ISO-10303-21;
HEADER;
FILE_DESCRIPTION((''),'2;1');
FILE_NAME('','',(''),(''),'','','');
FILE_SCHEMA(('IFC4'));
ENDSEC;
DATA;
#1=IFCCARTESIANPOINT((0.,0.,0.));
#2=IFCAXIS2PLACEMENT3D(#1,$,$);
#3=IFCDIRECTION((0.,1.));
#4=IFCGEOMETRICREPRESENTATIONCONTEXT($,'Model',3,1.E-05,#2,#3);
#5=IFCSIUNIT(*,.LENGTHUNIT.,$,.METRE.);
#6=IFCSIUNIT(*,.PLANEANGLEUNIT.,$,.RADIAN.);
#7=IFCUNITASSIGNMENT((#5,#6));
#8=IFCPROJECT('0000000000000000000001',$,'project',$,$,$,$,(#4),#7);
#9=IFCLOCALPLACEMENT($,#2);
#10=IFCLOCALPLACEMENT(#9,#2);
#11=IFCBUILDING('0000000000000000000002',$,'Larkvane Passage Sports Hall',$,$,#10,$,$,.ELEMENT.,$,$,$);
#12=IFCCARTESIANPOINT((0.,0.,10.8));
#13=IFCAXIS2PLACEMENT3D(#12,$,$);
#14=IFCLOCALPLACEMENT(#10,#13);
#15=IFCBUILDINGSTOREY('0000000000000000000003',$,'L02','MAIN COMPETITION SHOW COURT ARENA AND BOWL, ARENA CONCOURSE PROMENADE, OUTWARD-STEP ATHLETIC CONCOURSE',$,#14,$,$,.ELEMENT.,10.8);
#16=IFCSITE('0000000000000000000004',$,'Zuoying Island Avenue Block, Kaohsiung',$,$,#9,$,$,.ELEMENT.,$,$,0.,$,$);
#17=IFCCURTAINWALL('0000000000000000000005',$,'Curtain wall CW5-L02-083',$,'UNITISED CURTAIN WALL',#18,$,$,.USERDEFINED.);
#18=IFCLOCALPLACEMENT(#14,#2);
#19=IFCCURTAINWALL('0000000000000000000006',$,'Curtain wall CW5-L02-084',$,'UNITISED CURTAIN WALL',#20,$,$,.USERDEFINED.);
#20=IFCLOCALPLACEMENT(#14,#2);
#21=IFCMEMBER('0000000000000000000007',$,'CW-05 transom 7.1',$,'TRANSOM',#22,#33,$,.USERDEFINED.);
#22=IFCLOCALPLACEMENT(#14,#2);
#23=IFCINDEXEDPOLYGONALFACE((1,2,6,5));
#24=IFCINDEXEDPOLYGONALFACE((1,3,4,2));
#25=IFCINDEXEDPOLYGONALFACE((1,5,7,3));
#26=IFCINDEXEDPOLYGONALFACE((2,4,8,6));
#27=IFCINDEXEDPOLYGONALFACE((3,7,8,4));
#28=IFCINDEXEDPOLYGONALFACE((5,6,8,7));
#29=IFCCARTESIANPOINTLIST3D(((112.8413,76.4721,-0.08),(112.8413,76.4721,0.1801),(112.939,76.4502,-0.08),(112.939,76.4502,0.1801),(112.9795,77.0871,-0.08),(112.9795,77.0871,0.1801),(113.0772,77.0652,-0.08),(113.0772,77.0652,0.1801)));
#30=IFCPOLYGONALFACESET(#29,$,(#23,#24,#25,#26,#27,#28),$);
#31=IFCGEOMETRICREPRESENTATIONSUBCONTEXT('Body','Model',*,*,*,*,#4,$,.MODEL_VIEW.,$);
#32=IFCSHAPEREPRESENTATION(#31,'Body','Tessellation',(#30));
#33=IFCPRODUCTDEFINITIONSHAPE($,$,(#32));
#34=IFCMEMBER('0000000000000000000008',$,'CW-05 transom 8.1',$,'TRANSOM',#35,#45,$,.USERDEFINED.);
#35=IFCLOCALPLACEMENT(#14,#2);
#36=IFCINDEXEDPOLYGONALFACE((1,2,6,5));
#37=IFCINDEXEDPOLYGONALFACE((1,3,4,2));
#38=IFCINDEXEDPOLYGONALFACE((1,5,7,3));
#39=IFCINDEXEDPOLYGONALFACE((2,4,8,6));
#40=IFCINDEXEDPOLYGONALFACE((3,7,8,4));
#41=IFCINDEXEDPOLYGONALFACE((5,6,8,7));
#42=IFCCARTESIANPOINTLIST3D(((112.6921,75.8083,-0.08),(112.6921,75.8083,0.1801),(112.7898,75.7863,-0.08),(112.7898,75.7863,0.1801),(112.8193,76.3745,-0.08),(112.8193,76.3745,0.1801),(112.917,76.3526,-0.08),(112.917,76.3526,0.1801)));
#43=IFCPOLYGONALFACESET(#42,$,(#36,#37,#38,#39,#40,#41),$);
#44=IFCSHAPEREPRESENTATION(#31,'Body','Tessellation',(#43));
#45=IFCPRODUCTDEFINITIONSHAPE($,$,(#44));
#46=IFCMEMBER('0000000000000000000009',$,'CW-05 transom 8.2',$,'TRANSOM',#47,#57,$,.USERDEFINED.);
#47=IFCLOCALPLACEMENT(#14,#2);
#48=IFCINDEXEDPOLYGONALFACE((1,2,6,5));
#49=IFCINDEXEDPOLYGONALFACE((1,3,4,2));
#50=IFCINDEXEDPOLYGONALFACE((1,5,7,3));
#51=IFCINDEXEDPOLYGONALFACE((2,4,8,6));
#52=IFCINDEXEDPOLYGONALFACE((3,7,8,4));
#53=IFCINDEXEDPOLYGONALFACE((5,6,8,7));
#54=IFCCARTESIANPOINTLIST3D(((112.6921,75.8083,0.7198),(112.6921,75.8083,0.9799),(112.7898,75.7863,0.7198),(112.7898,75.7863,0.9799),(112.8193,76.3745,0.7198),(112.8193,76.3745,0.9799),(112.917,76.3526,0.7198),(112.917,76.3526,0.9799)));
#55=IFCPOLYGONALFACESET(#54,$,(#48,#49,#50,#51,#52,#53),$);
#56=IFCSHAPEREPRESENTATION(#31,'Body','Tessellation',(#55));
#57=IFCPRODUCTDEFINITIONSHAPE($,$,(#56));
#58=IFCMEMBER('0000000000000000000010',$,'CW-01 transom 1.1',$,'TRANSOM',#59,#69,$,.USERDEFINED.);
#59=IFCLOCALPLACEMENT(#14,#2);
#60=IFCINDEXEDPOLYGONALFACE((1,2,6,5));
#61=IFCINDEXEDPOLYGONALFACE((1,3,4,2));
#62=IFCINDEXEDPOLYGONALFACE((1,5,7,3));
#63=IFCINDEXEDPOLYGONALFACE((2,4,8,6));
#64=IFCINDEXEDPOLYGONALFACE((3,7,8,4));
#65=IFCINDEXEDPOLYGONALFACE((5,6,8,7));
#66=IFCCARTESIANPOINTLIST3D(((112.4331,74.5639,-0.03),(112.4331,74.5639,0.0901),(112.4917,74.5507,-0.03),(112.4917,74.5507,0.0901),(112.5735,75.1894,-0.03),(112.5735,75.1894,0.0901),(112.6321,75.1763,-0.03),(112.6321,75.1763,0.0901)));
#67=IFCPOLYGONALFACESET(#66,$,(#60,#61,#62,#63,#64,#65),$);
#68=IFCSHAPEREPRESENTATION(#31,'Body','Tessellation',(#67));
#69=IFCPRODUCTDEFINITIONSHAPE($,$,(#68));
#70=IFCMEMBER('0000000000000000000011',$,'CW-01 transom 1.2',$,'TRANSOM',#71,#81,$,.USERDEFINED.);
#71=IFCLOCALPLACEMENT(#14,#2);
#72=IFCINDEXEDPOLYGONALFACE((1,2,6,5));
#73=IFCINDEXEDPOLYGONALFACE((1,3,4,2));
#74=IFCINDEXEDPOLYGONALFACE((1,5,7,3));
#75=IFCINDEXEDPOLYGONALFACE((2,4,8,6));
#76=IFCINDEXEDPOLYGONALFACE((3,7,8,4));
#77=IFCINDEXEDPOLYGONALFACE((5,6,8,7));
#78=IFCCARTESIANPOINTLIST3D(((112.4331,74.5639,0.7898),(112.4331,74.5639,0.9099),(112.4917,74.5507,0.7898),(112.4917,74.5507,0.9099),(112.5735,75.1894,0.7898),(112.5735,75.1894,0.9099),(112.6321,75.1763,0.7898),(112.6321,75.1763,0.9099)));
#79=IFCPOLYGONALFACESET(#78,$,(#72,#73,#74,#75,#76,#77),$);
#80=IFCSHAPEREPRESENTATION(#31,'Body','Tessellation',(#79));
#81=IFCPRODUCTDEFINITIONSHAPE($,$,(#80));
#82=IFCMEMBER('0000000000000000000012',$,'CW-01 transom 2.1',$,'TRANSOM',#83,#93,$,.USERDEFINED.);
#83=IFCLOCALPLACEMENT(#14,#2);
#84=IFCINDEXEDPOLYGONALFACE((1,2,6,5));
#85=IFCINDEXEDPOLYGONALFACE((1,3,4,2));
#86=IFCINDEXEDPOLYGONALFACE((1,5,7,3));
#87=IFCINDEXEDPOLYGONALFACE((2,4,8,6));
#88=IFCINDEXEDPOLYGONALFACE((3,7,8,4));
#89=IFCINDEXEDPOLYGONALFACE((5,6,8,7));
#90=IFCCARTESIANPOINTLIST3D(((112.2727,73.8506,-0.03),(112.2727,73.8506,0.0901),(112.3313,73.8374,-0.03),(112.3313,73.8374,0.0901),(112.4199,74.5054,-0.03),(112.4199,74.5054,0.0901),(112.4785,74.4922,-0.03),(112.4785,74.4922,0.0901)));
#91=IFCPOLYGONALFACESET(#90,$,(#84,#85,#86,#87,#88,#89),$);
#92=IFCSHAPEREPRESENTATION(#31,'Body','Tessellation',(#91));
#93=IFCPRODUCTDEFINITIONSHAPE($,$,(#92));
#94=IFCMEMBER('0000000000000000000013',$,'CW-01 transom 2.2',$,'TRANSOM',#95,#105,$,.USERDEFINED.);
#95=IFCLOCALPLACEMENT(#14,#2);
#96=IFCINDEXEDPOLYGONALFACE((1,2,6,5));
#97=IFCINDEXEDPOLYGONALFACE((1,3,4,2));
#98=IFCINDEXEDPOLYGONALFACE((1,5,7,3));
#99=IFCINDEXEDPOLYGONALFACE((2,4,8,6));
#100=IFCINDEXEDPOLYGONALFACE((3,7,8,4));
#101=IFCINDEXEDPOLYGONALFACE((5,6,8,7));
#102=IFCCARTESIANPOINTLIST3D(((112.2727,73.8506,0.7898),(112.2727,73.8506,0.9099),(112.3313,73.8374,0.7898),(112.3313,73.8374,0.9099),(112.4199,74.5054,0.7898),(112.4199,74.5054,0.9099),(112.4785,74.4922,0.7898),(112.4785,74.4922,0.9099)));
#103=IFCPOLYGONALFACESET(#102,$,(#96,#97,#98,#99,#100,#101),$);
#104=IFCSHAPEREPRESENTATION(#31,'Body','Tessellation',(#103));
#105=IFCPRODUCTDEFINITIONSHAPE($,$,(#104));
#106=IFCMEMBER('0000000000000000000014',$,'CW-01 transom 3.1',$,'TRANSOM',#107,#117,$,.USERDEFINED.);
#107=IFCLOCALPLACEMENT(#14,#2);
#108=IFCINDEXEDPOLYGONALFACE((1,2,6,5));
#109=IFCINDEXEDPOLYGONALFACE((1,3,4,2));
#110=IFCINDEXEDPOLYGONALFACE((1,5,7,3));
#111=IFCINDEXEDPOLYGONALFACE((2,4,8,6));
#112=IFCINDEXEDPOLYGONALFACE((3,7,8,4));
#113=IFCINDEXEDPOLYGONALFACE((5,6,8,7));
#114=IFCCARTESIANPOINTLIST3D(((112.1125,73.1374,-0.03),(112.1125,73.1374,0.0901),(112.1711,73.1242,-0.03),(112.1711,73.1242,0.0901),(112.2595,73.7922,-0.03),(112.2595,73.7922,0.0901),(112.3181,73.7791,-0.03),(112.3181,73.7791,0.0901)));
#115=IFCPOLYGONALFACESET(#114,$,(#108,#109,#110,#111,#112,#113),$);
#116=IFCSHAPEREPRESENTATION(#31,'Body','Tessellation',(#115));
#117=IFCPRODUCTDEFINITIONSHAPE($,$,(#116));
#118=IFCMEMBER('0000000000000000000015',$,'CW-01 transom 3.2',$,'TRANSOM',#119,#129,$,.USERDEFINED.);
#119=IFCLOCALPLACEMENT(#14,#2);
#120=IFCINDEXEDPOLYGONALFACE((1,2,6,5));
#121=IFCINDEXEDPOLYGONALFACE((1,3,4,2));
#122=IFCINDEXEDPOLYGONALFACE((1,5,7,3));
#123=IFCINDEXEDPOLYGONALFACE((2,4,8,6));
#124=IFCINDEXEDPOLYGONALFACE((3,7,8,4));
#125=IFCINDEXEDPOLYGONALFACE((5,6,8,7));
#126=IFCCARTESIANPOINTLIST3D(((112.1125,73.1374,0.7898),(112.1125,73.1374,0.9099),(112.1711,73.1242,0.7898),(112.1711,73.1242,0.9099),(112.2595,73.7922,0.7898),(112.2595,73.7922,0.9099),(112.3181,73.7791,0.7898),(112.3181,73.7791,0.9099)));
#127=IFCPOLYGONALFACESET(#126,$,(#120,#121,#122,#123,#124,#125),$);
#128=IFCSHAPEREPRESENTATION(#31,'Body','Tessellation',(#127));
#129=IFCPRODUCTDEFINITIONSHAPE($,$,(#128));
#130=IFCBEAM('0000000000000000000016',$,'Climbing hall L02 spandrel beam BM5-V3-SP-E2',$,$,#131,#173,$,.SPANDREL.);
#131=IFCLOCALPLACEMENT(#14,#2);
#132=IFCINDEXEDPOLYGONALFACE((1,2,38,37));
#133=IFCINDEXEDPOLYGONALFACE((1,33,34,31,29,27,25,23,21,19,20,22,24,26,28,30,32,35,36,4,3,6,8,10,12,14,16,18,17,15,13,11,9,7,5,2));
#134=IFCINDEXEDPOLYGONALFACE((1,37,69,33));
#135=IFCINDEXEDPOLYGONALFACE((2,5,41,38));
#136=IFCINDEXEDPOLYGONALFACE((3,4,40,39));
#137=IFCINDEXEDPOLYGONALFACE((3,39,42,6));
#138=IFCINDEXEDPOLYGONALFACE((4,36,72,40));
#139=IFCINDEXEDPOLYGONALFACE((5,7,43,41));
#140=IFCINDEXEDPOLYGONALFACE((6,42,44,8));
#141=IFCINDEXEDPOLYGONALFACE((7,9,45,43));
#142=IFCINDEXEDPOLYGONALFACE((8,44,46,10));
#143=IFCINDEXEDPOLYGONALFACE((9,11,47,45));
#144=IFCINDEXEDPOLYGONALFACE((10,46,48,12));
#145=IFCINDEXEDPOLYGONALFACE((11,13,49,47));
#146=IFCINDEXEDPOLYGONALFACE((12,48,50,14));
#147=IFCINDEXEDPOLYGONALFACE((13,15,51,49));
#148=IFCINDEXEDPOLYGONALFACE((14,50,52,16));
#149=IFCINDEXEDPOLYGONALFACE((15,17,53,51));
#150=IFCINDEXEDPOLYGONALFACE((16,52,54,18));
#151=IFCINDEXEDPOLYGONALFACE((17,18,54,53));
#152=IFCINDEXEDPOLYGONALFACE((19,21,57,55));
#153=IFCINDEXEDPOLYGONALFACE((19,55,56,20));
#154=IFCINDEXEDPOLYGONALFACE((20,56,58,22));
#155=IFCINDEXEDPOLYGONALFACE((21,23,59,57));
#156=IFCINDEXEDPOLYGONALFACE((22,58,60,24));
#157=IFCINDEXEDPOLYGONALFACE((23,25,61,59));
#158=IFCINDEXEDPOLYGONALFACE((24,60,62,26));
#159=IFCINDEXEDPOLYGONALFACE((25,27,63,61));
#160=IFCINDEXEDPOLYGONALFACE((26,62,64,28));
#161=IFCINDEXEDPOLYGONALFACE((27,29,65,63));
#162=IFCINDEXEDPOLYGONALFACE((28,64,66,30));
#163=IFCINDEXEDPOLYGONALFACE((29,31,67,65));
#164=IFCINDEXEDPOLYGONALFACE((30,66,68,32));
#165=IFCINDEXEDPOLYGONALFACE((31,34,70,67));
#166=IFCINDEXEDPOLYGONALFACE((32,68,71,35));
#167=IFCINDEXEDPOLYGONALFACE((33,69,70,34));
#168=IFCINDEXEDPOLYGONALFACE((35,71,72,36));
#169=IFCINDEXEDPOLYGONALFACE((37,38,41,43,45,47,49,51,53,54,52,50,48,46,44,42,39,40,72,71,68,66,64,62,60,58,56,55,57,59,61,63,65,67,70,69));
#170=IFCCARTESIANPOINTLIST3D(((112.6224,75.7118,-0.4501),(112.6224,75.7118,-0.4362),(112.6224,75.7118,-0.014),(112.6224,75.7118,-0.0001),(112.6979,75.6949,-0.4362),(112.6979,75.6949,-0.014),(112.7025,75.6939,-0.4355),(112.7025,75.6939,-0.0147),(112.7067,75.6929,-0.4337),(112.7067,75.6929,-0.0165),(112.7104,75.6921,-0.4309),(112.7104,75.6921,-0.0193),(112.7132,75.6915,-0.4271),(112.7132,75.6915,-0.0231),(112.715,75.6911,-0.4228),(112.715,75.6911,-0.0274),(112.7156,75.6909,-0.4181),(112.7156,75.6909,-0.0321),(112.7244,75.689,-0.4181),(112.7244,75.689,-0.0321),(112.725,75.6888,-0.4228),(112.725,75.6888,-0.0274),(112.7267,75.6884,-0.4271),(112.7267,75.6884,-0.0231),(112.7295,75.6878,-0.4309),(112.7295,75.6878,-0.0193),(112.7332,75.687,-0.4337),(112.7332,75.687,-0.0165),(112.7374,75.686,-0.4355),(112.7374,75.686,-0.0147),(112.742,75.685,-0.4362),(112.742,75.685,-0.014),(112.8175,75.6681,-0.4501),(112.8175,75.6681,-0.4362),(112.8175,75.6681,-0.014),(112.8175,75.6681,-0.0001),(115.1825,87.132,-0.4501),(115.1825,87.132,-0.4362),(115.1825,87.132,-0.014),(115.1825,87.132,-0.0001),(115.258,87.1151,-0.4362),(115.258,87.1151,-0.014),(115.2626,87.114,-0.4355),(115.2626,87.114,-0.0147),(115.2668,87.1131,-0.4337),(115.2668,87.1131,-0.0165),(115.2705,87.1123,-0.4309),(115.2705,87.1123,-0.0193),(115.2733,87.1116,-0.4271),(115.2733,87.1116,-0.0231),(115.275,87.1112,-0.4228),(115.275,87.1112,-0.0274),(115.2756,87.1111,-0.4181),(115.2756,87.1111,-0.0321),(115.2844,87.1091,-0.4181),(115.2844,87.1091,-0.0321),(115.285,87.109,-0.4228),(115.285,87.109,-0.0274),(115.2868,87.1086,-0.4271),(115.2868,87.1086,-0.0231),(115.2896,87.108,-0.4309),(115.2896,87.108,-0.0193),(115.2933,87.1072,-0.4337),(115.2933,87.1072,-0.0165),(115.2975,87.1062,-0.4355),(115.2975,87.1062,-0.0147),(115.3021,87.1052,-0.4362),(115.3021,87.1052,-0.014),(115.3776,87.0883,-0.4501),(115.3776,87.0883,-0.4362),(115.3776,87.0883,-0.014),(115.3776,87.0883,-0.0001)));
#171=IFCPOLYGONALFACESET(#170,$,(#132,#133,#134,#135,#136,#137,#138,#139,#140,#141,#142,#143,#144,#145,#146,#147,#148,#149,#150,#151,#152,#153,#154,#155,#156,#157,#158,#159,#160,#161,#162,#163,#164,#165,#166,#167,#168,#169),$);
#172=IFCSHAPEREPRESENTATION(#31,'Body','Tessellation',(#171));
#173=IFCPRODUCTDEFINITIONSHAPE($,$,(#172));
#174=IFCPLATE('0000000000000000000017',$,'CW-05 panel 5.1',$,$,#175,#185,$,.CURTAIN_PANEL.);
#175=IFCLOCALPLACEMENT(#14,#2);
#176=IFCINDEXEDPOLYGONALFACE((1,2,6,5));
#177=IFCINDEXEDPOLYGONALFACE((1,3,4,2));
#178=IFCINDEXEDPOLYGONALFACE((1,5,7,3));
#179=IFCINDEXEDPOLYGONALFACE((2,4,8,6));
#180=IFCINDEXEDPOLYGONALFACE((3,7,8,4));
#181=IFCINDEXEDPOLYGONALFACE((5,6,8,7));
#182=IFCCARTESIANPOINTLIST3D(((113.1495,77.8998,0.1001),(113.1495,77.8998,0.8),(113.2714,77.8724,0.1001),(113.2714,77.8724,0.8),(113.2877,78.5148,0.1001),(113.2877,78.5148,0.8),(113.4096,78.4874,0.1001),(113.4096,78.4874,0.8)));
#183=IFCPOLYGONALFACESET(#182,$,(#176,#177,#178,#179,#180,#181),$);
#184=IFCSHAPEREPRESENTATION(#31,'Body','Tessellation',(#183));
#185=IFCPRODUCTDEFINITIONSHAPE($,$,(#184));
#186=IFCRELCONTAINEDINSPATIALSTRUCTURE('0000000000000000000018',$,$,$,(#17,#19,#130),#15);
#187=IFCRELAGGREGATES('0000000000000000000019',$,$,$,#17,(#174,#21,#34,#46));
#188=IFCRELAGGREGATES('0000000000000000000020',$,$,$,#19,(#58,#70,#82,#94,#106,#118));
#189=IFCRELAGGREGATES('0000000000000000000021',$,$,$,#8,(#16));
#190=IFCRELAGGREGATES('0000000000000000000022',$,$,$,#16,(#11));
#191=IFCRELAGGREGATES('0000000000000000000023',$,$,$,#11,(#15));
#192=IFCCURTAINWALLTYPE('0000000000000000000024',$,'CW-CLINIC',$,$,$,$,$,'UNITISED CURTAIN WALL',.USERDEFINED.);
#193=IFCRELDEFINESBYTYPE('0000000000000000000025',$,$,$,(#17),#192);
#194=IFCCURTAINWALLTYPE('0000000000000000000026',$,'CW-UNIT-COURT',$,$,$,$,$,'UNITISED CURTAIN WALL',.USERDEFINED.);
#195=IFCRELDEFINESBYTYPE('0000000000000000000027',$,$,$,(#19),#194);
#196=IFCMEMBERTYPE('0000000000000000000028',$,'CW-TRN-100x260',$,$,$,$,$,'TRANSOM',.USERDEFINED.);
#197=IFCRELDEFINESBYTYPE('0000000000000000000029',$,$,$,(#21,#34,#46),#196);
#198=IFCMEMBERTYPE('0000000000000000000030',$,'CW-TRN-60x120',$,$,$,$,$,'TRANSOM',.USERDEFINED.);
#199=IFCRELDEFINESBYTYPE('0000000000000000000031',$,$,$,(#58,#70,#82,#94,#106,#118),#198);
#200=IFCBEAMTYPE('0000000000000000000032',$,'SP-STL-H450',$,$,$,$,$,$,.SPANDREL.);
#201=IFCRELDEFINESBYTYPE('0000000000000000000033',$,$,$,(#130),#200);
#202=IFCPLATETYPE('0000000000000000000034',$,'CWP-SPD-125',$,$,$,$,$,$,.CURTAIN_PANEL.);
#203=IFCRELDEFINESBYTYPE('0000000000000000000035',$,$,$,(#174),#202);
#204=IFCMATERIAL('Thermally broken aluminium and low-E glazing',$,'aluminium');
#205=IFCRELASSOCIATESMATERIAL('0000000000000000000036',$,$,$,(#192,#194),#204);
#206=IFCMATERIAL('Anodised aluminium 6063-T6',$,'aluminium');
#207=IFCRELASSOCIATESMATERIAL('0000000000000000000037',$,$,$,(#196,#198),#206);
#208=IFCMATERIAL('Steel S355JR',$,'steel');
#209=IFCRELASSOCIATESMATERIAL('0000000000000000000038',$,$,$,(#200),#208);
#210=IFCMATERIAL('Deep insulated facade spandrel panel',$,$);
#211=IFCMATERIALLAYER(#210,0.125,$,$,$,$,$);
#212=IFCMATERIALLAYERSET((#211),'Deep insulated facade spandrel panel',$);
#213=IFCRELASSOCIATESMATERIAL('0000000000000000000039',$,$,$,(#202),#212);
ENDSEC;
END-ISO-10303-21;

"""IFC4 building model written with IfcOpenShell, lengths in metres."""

from ifc_helpers import new_model, si_unit, direction, frame, origin, origin_2d, place, context, subcontext, project, spatial, rectangle, i_section, extrude, material, layer, layer_set, material_profile, profile_set, type_object, element, aggregate, save


model = new_model("IFC4")

# Units and contexts
model_context = context("Model", 3, precision=1e-05, world=origin(), true_north=direction((0.0, 1.0)))
body_context = subcontext(model_context, "Body", "Model", "MODEL_VIEW")
ifc_project = project(units=[si_unit("LENGTHUNIT", "METRE"), si_unit("PLANEANGLEUNIT", "RADIAN")], contexts=[model_context])

# Site, building, storey
site_placement = place(None, origin())
site = spatial("IfcSite", under=ifc_project, at=site_placement, Name="Zuoying Island Avenue Block, Kaohsiung", CompositionType="ELEMENT", RefElevation=0.0)
building_placement = place(site_placement, origin())
building = spatial("IfcBuilding", under=site, at=building_placement, Name="Larkvane Passage Sports Hall", CompositionType="ELEMENT")
storey_placement = place(building_placement, frame((0.0, 0.0, 10.8)))
storey = spatial("IfcBuildingStorey", under=building, at=storey_placement, Name="L02", Description="MAIN COMPETITION SHOW COURT ARENA AND BOWL, ARENA CONCOURSE PROMENADE, OUTWARD-STEP ATHLETIC CONCOURSE", CompositionType="ELEMENT", Elevation=10.8)

# Shared definitions
ifc_material_1 = material(Name="Steel S355JR", Category="steel")

# Curtain walls
ifc_material_2 = material(Name="Thermally broken aluminium and low-E glazing", Category="aluminium")
curtain_wall_type_1 = type_object("IfcCurtainWallType", Name="CW-CLINIC", ElementType="UNITISED CURTAIN WALL", PredefinedType="USERDEFINED", material=ifc_material_2)
curtain_wall_1_placement = place(storey_placement, origin())
curtain_wall_1 = element("IfcCurtainWall", 1, at=curtain_wall_1_placement, inside=storey, type_object=curtain_wall_type_1, Name="Curtain wall CW5-L02-083", ObjectType="UNITISED CURTAIN WALL", PredefinedType="USERDEFINED")
ifc_material_3 = material(Name="Anodised aluminium 6063-T6", Category="aluminium")
curtain_wall_type_2 = type_object("IfcCurtainWallType", Name="CW-UNIT-COURT", ElementType="UNITISED CURTAIN WALL", PredefinedType="USERDEFINED", material=ifc_material_2)
curtain_wall_2_placement = place(storey_placement, origin())
curtain_wall_2 = element("IfcCurtainWall", 2, at=curtain_wall_2_placement, inside=storey, type_object=curtain_wall_type_2, Name="Curtain wall CW5-L02-084", ObjectType="UNITISED CURTAIN WALL", PredefinedType="USERDEFINED")

# Members
ifc_material_profile_1 = material_profile(ifc_material_3, rectangle(XDim=0.1001, YDim=0.26, at=origin_2d()), Name="ALU-TRN-100x260")
ifc_profile_set_1 = profile_set([ifc_material_profile_1], Name="Anodised aluminium 6063-T6")
member_type_1 = type_object("IfcMemberType", Name="CW-TRN-100x260", ElementType="TRANSOM", PredefinedType="USERDEFINED", material=ifc_profile_set_1)
member_1_placement = place(storey_placement, frame((113.0283, 77.0762, 0.05), z_axis=(-0.219226, -0.975674, 0.0), x_axis=(0.975674, -0.219226, 0.0)))
member_1 = element("IfcMember", 3, at=member_1_placement, type_object=member_type_1, Name="CW-05 transom 7.1", ObjectType="TRANSOM", PredefinedType="USERDEFINED", context=body_context, shape_type="SweptSolid", body=[
    extrude(rectangle(XDim=0.1001, YDim=0.26, at=origin_2d()), origin(), (0.0, 0.0, 1.0), 0.6304),
])
member_2_placement = place(storey_placement, frame((112.8682, 76.3635, 0.05), z_axis=(-0.219202, -0.97568, 0.0), x_axis=(0.97568, -0.219202, 0.0)))
member_2 = element("IfcMember", 4, at=member_2_placement, type_object=member_type_1, Name="CW-05 transom 8.1", ObjectType="TRANSOM", PredefinedType="USERDEFINED", context=body_context, shape_type="SweptSolid", body=[
    extrude(rectangle(XDim=0.1001, YDim=0.26, at=origin_2d()), origin(), (0.0, 0.0, 1.0), 0.5803),
])
member_3_placement = place(storey_placement, frame((112.8682, 76.3635, 0.8499), z_axis=(-0.219202, -0.97568, 0.0), x_axis=(0.97568, -0.219202, 0.0)))
member_3 = element("IfcMember", 5, at=member_3_placement, type_object=member_type_1, Name="CW-05 transom 8.2", ObjectType="TRANSOM", PredefinedType="USERDEFINED", context=body_context, shape_type="SweptSolid", body=[
    extrude(rectangle(XDim=0.1001, YDim=0.26, at=origin_2d()), origin(), (0.0, 0.0, 1.0), 0.5803),
])
ifc_material_profile_2 = material_profile(ifc_material_3, rectangle(XDim=0.0601, YDim=0.1201, at=origin_2d()), Name="ALU-TRN-60x120")
ifc_profile_set_2 = profile_set([ifc_material_profile_2], Name="Anodised aluminium 6063-T6")
member_type_2 = type_object("IfcMemberType", Name="CW-TRN-60x120", ElementType="TRANSOM", PredefinedType="USERDEFINED", material=ifc_profile_set_2)
member_4_placement = place(storey_placement, frame((112.6028, 75.1829, 0.03), z_axis=(-0.218987, -0.975728, 0.0), x_axis=(0.975728, -0.218987, 0.0)))
member_4 = element("IfcMember", 6, at=member_4_placement, type_object=member_type_2, Name="CW-01 transom 1.1", ObjectType="TRANSOM", PredefinedType="USERDEFINED", context=body_context, shape_type="SweptSolid", body=[
    extrude(rectangle(XDim=0.0601, YDim=0.1201, at=origin_2d()), origin(), (0.0, 0.0, 1.0), 0.6411),
])
member_5_placement = place(storey_placement, frame((112.6028, 75.1829, 0.8499), z_axis=(-0.218987, -0.975728, 0.0), x_axis=(0.975728, -0.218987, 0.0)))
member_5 = element("IfcMember", 7, at=member_5_placement, type_object=member_type_2, Name="CW-01 transom 1.2", ObjectType="TRANSOM", PredefinedType="USERDEFINED", context=body_context, shape_type="SweptSolid", body=[
    extrude(rectangle(XDim=0.0601, YDim=0.1201, at=origin_2d()), origin(), (0.0, 0.0, 1.0), 0.6411),
])
member_6_placement = place(storey_placement, frame((112.4492, 74.4988, 0.03), z_axis=(-0.219356, -0.975645, 0.0), x_axis=(0.975645, -0.219356, 0.0)))
member_6 = element("IfcMember", 8, at=member_6_placement, type_object=member_type_2, Name="CW-01 transom 2.1", ObjectType="TRANSOM", PredefinedType="USERDEFINED", context=body_context, shape_type="SweptSolid", body=[
    extrude(rectangle(XDim=0.0601, YDim=0.1201, at=origin_2d()), origin(), (0.0, 0.0, 1.0), 0.6711),
])
member_7_placement = place(storey_placement, frame((112.4492, 74.4988, 0.8499), z_axis=(-0.219356, -0.975645, 0.0), x_axis=(0.975645, -0.219356, 0.0)))
member_7 = element("IfcMember", 9, at=member_7_placement, type_object=member_type_2, Name="CW-01 transom 2.2", ObjectType="TRANSOM", PredefinedType="USERDEFINED", context=body_context, shape_type="SweptSolid", body=[
    extrude(rectangle(XDim=0.0601, YDim=0.1201, at=origin_2d()), origin(), (0.0, 0.0, 1.0), 0.6711),
])
member_8_placement = place(storey_placement, frame((112.2888, 73.7856, 0.03), z_axis=(-0.21901, -0.975723, 0.0), x_axis=(0.975723, -0.21901, 0.0)))
member_8 = element("IfcMember", 10, at=member_8_placement, type_object=member_type_2, Name="CW-01 transom 3.1", ObjectType="TRANSOM", PredefinedType="USERDEFINED", context=body_context, shape_type="SweptSolid", body=[
    extrude(rectangle(XDim=0.0601, YDim=0.1201, at=origin_2d()), origin(), (0.0, 0.0, 1.0), 0.6711),
])
member_9_placement = place(storey_placement, frame((112.2888, 73.7856, 0.8499), z_axis=(-0.21901, -0.975723, 0.0), x_axis=(0.975723, -0.21901, 0.0)))
member_9 = element("IfcMember", 11, at=member_9_placement, type_object=member_type_2, Name="CW-01 transom 3.2", ObjectType="TRANSOM", PredefinedType="USERDEFINED", context=body_context, shape_type="SweptSolid", body=[
    extrude(rectangle(XDim=0.0601, YDim=0.1201, at=origin_2d()), origin(), (0.0, 0.0, 1.0), 0.6711),
])

# Beam
ifc_material_profile_3 = material_profile(ifc_material_1, i_section(OverallWidth=0.2, OverallDepth=0.45, WebThickness=0.009, FlangeThickness=0.0139, FilletRadius=0.0181, at=origin_2d()), Name="H-450x200x9x14")
ifc_profile_set_3 = profile_set([ifc_material_profile_3], Name="Steel S355JR")
beam_type = type_object("IfcBeamType", Name="SP-STL-H450", PredefinedType="SPANDREL", material=ifc_profile_set_3)
beam_placement = place(storey_placement, frame((112.72, 75.6899, -0.2251), z_axis=(0.218741, 0.975783, 0.0), x_axis=(-0.975783, 0.218741, 0.0)))
element("IfcBeam", 12, at=beam_placement, inside=storey, type_object=beam_type, Name="Climbing hall L02 spandrel beam BM5-V3-SP-E2", PredefinedType="SPANDREL", context=body_context, shape_type="SweptSolid", body=[
    extrude(i_section(OverallWidth=0.2, OverallDepth=0.45, WebThickness=0.009, FlangeThickness=0.0139, FilletRadius=0.0181, at=origin_2d()), origin(), (0.0, 0.0, 1.0), 11.7036),
])

# Plate
ifc_material_4 = material(Name="Deep insulated facade spandrel panel")
ifc_layer_1 = layer(ifc_material_4, 0.125)
ifc_layer_set_1 = layer_set([ifc_layer_1], Name="Deep insulated facade spandrel panel")
plate_type_1 = type_object("IfcPlateType", Name="CWP-SPD-125", PredefinedType="CURTAIN_PANEL", material=ifc_layer_set_1)
plate_1_placement = place(storey_placement, frame((113.2795, 78.1936, 0.1001), z_axis=(0.0, 0.0, 1.0), x_axis=(-0.219244, -0.97567, 0.0)))
plate_1 = element("IfcPlate", 13, at=plate_1_placement, type_object=plate_type_1, Name="CW-05 panel 5.1", PredefinedType="CURTAIN_PANEL", context=body_context, shape_type="SweptSolid", body=[
    extrude(rectangle(XDim=0.6304, YDim=0.125, at=origin_2d()), origin(), (0.0, 0.0, 1.0), 0.7),
])
aggregate(curtain_wall_1, [plate_1, member_1, member_2, member_3])
aggregate(curtain_wall_2, [member_4, member_5, member_6, member_7, member_8, member_9])

save(model, "model.ifc")
